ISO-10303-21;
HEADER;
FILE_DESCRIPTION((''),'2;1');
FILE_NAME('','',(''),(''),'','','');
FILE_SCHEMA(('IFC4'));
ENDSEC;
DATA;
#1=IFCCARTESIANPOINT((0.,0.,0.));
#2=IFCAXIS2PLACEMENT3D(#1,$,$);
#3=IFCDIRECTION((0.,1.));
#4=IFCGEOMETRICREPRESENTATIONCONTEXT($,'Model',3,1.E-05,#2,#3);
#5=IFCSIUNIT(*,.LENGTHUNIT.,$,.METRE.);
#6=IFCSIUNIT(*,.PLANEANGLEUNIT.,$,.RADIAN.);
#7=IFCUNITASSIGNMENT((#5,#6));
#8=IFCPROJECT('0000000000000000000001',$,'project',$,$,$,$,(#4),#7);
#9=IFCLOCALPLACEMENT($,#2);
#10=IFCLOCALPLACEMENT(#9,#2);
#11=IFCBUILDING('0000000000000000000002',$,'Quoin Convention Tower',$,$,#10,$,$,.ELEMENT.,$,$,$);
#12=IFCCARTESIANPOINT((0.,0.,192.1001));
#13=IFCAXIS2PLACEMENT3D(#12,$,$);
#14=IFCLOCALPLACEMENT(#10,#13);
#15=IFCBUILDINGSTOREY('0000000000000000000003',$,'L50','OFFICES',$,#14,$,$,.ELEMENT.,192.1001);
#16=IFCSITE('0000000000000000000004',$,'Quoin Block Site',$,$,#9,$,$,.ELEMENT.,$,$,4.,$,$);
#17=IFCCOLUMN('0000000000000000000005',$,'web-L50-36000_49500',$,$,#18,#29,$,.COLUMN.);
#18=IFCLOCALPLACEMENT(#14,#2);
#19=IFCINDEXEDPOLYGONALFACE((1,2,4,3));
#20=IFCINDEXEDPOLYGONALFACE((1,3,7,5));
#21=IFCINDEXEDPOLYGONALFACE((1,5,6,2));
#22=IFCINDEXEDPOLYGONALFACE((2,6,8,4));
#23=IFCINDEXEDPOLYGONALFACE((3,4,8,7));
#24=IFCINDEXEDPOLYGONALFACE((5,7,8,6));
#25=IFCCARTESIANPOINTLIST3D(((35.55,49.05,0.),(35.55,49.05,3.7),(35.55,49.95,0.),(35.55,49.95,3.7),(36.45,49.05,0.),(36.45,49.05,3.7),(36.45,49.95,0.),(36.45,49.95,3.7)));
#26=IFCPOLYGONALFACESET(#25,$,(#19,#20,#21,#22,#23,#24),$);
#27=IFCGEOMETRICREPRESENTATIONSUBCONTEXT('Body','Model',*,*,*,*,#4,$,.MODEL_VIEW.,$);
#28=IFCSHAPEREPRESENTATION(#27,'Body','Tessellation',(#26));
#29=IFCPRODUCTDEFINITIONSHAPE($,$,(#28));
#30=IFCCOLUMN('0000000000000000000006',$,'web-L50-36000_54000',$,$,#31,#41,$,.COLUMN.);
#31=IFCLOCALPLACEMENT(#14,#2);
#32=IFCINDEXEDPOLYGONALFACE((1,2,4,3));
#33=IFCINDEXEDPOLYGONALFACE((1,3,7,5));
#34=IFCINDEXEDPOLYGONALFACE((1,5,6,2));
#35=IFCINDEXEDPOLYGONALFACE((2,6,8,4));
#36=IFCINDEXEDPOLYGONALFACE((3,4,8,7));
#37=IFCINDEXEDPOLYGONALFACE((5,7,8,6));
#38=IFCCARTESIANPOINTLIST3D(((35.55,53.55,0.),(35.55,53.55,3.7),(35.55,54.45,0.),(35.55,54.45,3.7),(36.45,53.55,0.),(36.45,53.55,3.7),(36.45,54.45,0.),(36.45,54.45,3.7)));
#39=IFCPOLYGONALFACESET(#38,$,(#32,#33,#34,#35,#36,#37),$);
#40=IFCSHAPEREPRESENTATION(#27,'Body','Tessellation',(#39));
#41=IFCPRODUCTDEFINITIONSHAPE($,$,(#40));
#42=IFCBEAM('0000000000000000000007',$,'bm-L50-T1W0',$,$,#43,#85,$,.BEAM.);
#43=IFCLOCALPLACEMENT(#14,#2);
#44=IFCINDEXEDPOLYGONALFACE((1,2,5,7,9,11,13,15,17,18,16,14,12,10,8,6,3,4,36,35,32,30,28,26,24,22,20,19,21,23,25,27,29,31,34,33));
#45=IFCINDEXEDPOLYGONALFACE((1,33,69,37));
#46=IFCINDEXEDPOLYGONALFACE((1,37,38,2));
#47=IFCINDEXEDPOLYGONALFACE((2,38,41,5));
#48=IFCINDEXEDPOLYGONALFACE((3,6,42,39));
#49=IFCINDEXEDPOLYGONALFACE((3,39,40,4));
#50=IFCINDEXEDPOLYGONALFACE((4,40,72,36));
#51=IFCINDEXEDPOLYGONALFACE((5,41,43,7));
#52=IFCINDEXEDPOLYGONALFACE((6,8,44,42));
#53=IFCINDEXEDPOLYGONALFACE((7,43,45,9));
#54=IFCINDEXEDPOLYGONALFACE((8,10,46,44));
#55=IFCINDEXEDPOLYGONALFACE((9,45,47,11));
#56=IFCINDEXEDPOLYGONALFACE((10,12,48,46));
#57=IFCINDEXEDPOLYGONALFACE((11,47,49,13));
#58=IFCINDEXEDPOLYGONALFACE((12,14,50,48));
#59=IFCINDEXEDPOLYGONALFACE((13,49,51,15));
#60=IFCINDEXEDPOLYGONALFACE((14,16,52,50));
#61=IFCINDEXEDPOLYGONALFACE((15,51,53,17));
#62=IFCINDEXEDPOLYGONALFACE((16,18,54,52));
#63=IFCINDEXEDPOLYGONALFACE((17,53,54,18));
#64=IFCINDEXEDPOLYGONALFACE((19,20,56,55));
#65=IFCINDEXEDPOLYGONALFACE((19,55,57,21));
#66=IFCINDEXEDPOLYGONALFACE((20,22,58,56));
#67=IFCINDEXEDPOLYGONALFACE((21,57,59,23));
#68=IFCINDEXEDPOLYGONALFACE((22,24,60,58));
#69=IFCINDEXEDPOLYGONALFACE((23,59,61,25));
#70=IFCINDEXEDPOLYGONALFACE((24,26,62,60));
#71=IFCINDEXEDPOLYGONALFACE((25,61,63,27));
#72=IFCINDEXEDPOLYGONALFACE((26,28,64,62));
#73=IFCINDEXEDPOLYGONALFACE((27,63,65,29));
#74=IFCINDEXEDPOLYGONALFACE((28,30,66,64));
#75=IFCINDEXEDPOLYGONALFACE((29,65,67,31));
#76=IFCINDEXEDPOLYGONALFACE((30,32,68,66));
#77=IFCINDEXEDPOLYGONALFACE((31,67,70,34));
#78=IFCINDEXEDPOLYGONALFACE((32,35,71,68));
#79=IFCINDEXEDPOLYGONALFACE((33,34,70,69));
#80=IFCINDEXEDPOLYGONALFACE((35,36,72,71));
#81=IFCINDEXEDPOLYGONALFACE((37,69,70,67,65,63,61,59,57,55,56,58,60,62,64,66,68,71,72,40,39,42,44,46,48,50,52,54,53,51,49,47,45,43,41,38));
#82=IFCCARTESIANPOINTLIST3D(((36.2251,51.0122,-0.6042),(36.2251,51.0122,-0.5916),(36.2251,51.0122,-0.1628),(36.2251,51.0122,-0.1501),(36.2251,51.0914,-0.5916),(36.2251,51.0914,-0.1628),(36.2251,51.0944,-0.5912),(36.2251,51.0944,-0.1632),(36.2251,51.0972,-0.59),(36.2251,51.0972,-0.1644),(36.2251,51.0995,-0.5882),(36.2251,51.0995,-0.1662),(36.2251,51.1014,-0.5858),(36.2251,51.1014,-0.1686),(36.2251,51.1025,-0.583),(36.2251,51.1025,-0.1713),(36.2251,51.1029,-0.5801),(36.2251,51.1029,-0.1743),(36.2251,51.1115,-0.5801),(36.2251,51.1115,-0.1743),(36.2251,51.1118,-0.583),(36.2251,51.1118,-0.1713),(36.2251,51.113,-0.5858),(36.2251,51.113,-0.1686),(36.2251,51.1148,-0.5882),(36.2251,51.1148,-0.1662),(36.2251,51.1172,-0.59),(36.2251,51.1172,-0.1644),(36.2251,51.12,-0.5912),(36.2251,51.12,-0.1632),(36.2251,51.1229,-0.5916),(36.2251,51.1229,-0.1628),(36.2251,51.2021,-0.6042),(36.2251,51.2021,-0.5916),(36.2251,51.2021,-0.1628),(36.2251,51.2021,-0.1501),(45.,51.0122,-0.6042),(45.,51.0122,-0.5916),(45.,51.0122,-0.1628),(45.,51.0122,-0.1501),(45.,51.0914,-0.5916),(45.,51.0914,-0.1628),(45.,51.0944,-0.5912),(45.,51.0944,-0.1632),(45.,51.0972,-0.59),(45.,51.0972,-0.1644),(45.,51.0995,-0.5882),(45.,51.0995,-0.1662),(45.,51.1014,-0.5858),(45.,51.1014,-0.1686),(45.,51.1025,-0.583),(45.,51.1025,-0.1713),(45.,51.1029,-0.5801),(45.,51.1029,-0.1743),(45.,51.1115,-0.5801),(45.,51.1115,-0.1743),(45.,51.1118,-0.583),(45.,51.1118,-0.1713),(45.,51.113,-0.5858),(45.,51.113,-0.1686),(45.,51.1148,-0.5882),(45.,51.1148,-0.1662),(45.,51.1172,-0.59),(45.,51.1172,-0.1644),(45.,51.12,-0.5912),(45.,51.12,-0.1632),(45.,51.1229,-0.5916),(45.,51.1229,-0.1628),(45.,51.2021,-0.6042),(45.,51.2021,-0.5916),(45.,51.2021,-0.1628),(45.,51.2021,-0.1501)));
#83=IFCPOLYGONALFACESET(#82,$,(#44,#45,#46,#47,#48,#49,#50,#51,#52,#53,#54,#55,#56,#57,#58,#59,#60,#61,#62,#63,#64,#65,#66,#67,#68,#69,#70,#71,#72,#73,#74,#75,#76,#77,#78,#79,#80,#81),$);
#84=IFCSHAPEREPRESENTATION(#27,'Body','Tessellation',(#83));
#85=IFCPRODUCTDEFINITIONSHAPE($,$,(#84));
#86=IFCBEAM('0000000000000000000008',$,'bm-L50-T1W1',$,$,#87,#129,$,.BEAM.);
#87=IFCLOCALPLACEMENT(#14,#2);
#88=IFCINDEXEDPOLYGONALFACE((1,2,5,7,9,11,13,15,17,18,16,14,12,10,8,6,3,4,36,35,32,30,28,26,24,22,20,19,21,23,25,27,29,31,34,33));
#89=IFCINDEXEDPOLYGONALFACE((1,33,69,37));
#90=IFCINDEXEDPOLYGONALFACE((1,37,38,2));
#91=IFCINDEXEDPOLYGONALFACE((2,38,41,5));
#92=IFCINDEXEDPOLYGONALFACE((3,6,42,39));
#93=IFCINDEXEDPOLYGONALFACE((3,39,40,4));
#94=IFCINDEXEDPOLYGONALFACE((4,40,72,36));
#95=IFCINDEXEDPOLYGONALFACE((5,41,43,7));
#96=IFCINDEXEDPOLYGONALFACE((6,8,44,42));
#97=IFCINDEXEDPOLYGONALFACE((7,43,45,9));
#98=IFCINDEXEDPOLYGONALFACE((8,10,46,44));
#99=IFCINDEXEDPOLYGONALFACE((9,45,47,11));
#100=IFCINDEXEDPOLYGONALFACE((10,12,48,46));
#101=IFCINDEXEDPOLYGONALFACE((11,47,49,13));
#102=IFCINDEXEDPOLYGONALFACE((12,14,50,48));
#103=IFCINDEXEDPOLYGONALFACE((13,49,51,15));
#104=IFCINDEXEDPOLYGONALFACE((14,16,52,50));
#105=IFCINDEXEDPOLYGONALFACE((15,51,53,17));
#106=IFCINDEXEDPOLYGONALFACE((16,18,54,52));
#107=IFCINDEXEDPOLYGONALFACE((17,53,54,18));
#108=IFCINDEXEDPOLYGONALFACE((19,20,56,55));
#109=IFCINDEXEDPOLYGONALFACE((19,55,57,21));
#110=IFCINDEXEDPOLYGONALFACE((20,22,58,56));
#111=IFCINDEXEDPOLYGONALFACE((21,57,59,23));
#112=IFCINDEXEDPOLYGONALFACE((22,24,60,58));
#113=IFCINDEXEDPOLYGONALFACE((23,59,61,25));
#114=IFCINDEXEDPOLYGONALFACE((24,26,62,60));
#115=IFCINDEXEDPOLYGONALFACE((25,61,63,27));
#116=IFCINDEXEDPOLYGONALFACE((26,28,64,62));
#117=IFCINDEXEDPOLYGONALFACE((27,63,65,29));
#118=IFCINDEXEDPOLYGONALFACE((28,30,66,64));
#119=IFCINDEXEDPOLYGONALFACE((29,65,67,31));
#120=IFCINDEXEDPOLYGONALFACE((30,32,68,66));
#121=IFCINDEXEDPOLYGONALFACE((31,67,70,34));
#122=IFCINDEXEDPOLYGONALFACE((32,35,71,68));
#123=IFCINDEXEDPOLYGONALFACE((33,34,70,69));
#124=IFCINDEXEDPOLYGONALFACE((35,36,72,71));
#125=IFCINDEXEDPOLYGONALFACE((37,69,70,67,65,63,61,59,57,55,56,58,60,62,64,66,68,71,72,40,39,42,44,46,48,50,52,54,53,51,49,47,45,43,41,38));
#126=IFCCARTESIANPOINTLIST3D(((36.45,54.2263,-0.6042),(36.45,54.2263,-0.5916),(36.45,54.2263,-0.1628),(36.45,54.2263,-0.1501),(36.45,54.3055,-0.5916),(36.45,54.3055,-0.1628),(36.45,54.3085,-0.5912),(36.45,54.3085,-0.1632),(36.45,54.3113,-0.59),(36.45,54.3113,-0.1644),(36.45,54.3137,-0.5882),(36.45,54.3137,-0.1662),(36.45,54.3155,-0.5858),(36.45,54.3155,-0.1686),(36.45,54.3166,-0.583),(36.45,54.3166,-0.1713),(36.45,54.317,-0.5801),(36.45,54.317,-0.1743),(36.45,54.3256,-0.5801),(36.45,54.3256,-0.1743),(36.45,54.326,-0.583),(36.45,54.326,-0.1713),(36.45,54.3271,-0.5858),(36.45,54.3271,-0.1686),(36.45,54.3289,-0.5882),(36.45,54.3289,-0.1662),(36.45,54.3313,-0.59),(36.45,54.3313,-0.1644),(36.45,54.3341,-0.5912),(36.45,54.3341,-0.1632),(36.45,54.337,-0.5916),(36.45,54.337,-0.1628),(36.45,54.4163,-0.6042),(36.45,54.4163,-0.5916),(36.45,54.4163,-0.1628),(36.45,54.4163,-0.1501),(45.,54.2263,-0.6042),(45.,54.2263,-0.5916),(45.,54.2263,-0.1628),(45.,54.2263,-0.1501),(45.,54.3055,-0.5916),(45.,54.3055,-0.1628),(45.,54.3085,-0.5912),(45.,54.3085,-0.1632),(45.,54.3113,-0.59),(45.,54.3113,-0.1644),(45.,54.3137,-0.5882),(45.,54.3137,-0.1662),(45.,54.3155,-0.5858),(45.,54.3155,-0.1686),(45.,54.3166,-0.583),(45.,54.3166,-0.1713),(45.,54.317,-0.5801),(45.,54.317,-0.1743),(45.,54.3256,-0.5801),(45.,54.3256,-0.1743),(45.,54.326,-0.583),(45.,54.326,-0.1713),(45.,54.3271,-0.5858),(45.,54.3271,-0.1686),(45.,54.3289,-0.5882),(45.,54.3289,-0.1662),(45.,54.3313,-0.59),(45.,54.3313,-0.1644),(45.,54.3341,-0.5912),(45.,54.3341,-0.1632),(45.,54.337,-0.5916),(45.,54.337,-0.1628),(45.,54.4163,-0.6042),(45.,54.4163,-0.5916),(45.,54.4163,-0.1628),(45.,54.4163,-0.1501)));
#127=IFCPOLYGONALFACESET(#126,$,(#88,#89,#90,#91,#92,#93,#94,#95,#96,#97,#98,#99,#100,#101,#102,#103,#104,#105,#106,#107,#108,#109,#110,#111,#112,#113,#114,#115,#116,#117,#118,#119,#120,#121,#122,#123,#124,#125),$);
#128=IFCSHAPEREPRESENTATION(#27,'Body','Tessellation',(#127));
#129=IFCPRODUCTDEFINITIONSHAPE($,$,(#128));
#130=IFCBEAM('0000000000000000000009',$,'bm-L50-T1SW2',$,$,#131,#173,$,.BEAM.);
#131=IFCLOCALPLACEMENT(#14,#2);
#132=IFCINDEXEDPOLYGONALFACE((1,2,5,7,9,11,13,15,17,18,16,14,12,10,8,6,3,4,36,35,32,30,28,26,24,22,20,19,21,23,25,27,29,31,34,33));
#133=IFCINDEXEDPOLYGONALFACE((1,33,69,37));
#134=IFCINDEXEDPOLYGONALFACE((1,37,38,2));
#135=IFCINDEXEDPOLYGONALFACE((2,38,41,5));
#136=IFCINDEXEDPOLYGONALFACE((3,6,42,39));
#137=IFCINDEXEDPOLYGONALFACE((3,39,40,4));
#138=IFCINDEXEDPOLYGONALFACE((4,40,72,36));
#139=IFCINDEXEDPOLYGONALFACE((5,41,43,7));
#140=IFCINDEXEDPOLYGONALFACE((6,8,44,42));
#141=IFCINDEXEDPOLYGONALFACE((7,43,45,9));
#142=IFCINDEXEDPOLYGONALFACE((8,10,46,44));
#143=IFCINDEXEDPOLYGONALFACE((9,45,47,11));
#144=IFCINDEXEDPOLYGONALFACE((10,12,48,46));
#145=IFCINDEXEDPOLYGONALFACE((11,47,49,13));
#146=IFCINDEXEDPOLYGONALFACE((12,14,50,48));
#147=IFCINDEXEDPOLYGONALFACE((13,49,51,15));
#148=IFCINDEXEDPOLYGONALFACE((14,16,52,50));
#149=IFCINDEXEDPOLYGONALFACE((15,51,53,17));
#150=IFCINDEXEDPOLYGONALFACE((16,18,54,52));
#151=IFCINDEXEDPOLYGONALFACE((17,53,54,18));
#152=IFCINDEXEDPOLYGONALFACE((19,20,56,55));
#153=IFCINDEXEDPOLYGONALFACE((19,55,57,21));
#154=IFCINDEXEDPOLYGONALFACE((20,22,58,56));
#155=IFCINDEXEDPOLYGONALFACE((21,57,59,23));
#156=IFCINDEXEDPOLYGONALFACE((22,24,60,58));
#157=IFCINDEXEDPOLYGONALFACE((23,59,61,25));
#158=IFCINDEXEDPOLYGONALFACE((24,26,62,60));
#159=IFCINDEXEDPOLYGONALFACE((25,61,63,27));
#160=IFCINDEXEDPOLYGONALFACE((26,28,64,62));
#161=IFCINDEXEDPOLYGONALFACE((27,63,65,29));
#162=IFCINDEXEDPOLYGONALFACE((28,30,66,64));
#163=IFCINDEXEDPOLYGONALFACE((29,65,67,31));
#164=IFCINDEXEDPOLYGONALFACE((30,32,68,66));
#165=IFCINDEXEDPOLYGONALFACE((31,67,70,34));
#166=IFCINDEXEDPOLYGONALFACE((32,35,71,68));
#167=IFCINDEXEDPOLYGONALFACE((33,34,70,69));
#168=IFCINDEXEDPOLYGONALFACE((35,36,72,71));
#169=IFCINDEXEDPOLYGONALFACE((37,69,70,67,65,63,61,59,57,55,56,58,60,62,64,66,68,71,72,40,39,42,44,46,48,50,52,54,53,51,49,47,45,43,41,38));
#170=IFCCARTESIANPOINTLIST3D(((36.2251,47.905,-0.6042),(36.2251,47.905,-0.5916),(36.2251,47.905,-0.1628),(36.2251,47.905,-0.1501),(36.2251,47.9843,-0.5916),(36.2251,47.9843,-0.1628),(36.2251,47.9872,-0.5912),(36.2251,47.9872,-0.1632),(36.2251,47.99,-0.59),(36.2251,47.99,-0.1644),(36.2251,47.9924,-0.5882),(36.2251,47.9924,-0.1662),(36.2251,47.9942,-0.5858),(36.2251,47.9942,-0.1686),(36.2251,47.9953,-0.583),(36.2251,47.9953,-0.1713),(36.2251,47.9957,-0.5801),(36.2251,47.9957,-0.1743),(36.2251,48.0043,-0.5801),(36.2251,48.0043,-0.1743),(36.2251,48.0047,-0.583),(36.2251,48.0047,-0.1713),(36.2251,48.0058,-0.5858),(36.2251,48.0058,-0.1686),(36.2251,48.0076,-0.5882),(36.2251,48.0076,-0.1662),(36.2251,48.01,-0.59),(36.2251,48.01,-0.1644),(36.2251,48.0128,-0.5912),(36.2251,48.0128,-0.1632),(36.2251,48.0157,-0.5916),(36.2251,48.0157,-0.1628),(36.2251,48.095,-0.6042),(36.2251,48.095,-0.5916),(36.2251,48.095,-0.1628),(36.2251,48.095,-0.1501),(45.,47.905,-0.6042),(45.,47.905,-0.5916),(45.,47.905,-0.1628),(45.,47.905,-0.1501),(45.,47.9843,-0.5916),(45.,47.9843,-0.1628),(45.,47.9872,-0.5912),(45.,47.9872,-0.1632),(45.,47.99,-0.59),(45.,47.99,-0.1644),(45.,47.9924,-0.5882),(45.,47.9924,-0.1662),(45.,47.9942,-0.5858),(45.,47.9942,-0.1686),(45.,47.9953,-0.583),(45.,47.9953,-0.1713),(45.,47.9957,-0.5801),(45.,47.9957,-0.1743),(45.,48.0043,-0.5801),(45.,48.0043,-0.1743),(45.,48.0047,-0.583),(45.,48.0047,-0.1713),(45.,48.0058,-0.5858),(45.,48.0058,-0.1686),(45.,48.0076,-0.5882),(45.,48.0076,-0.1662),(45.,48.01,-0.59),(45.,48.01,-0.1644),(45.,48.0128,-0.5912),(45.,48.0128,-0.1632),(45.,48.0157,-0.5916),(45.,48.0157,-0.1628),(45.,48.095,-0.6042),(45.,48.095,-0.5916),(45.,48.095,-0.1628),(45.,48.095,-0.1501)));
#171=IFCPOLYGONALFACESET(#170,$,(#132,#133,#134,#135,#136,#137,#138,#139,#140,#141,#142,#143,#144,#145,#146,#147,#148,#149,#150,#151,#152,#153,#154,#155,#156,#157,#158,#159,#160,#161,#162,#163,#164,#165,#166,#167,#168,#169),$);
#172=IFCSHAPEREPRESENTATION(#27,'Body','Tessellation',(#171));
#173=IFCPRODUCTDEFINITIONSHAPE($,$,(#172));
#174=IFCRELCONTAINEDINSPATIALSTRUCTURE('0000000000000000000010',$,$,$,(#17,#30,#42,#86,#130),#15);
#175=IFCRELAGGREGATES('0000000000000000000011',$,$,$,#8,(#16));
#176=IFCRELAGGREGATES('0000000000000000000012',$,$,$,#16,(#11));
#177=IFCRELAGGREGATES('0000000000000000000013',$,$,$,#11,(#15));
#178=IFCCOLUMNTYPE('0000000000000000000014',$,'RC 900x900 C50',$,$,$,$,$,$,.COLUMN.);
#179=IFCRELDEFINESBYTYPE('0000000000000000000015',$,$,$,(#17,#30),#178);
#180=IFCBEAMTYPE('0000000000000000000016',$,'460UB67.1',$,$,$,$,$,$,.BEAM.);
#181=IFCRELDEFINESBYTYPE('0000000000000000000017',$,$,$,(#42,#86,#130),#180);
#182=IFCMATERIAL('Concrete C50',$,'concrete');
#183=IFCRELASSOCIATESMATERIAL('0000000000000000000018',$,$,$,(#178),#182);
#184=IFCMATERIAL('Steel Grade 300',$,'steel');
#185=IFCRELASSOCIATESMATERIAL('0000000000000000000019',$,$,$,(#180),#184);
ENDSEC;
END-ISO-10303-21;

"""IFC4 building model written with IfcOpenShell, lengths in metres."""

from ifc_helpers import new_model, si_unit, direction, frame, origin, origin_2d, place, context, subcontext, project, spatial, rectangle, i_section, extrude, material, material_profile, profile_set, type_object, element, save


model = new_model("IFC4")

# Units and contexts
model_context = context("Model", 3, precision=1e-05, world=origin(), true_north=direction((0.0, 1.0)))
body_context = subcontext(model_context, "Body", "Model", "MODEL_VIEW")
ifc_project = project(units=[si_unit("LENGTHUNIT", "METRE"), si_unit("PLANEANGLEUNIT", "RADIAN")], contexts=[model_context])

# Site, building, storey
site_placement = place(None, origin())
site = spatial("IfcSite", under=ifc_project, at=site_placement, Name="Quoin Block Site", CompositionType="ELEMENT", RefElevation=4.0)
building_placement = place(site_placement, origin())
building = spatial("IfcBuilding", under=site, at=building_placement, Name="Quoin Convention Tower", CompositionType="ELEMENT")
storey_placement = place(building_placement, frame((0.0, 0.0, 192.1001)))
storey = spatial("IfcBuildingStorey", under=building, at=storey_placement, Name="L50", Description="OFFICES", CompositionType="ELEMENT", Elevation=192.1001)

# Columns
ifc_material_1 = material(Name="Concrete C50", Category="concrete")
ifc_material_profile_1 = material_profile(ifc_material_1, rectangle(XDim=0.8999, YDim=0.8999, at=origin_2d()), Name="RC 900x900")
ifc_profile_set_1 = profile_set([ifc_material_profile_1], Name="Concrete C50")
column_type = type_object("IfcColumnType", Name="RC 900x900 C50", PredefinedType="COLUMN", material=ifc_profile_set_1)
for number, where, z_axis, x_axis, name in (
    (1, (36.0, 49.5, 0.0), (0.0, 0.0, 1.0), (1.0, 0.0, 0.0), "web-L50-36000_49500"),
    (2, (36.0, 54.0, 0.0), (0.0, 0.0, 1.0), (1.0, 0.0, 0.0), "web-L50-36000_54000"),
):
    element("IfcColumn", number, at=place(storey_placement, frame(where, z_axis=z_axis, x_axis=x_axis)), inside=storey, type_object=column_type, Name=name, PredefinedType="COLUMN", context=body_context, shape_type="SweptSolid", body=[
        extrude(rectangle(XDim=0.8999, YDim=0.8999, at=origin_2d()), origin(), (0.0, 0.0, 1.0), 3.7),
    ])

# Beams
ifc_material_2 = material(Name="Steel Grade 300", Category="steel")
ifc_material_profile_2 = material_profile(ifc_material_2, i_section(OverallWidth=0.1899, OverallDepth=0.4541, WebThickness=0.0085, FlangeThickness=0.0127, FilletRadius=0.0115, at=origin_2d()), Name="460UB67.1")
ifc_profile_set_2 = profile_set([ifc_material_profile_2], Name="Steel Grade 300")
beam_type_1 = type_object("IfcBeamType", Name="460UB67.1", PredefinedType="BEAM", material=ifc_profile_set_2)
beam_1_placement = place(storey_placement, frame((36.2251, 51.1072, -0.3772), z_axis=(1.0, 0.0, 0.0), x_axis=(0.0, 1.0, 0.0)))
element("IfcBeam", 3, at=beam_1_placement, inside=storey, type_object=beam_type_1, Name="bm-L50-T1W0", PredefinedType="BEAM", context=body_context, shape_type="SweptSolid", body=[
    extrude(i_section(OverallWidth=0.1899, OverallDepth=0.4541, WebThickness=0.0085, FlangeThickness=0.0127, FilletRadius=0.0115, at=origin_2d()), origin(), (0.0, 0.0, 1.0), 8.7749),
])
beam_2_placement = place(storey_placement, frame((36.45, 54.3213, -0.3772), z_axis=(1.0, 0.0, 0.0), x_axis=(0.0, 1.0, 0.0)))
element("IfcBeam", 4, at=beam_2_placement, inside=storey, type_object=beam_type_1, Name="bm-L50-T1W1", PredefinedType="BEAM", context=body_context, shape_type="SweptSolid", body=[
    extrude(i_section(OverallWidth=0.1899, OverallDepth=0.4541, WebThickness=0.0085, FlangeThickness=0.0127, FilletRadius=0.0115, at=origin_2d()), origin(), (0.0, 0.0, 1.0), 8.55),
])
beam_3_placement = place(storey_placement, frame((36.2251, 48.0, -0.3772), z_axis=(1.0, 0.0, 0.0), x_axis=(0.0, 1.0, 0.0)))
element("IfcBeam", 5, at=beam_3_placement, inside=storey, type_object=beam_type_1, Name="bm-L50-T1SW2", PredefinedType="BEAM", context=body_context, shape_type="SweptSolid", body=[
    extrude(i_section(OverallWidth=0.1899, OverallDepth=0.4541, WebThickness=0.0085, FlangeThickness=0.0127, FilletRadius=0.0115, at=origin_2d()), origin(), (0.0, 0.0, 1.0), 8.7749),
])

save(model, "model.ifc")
